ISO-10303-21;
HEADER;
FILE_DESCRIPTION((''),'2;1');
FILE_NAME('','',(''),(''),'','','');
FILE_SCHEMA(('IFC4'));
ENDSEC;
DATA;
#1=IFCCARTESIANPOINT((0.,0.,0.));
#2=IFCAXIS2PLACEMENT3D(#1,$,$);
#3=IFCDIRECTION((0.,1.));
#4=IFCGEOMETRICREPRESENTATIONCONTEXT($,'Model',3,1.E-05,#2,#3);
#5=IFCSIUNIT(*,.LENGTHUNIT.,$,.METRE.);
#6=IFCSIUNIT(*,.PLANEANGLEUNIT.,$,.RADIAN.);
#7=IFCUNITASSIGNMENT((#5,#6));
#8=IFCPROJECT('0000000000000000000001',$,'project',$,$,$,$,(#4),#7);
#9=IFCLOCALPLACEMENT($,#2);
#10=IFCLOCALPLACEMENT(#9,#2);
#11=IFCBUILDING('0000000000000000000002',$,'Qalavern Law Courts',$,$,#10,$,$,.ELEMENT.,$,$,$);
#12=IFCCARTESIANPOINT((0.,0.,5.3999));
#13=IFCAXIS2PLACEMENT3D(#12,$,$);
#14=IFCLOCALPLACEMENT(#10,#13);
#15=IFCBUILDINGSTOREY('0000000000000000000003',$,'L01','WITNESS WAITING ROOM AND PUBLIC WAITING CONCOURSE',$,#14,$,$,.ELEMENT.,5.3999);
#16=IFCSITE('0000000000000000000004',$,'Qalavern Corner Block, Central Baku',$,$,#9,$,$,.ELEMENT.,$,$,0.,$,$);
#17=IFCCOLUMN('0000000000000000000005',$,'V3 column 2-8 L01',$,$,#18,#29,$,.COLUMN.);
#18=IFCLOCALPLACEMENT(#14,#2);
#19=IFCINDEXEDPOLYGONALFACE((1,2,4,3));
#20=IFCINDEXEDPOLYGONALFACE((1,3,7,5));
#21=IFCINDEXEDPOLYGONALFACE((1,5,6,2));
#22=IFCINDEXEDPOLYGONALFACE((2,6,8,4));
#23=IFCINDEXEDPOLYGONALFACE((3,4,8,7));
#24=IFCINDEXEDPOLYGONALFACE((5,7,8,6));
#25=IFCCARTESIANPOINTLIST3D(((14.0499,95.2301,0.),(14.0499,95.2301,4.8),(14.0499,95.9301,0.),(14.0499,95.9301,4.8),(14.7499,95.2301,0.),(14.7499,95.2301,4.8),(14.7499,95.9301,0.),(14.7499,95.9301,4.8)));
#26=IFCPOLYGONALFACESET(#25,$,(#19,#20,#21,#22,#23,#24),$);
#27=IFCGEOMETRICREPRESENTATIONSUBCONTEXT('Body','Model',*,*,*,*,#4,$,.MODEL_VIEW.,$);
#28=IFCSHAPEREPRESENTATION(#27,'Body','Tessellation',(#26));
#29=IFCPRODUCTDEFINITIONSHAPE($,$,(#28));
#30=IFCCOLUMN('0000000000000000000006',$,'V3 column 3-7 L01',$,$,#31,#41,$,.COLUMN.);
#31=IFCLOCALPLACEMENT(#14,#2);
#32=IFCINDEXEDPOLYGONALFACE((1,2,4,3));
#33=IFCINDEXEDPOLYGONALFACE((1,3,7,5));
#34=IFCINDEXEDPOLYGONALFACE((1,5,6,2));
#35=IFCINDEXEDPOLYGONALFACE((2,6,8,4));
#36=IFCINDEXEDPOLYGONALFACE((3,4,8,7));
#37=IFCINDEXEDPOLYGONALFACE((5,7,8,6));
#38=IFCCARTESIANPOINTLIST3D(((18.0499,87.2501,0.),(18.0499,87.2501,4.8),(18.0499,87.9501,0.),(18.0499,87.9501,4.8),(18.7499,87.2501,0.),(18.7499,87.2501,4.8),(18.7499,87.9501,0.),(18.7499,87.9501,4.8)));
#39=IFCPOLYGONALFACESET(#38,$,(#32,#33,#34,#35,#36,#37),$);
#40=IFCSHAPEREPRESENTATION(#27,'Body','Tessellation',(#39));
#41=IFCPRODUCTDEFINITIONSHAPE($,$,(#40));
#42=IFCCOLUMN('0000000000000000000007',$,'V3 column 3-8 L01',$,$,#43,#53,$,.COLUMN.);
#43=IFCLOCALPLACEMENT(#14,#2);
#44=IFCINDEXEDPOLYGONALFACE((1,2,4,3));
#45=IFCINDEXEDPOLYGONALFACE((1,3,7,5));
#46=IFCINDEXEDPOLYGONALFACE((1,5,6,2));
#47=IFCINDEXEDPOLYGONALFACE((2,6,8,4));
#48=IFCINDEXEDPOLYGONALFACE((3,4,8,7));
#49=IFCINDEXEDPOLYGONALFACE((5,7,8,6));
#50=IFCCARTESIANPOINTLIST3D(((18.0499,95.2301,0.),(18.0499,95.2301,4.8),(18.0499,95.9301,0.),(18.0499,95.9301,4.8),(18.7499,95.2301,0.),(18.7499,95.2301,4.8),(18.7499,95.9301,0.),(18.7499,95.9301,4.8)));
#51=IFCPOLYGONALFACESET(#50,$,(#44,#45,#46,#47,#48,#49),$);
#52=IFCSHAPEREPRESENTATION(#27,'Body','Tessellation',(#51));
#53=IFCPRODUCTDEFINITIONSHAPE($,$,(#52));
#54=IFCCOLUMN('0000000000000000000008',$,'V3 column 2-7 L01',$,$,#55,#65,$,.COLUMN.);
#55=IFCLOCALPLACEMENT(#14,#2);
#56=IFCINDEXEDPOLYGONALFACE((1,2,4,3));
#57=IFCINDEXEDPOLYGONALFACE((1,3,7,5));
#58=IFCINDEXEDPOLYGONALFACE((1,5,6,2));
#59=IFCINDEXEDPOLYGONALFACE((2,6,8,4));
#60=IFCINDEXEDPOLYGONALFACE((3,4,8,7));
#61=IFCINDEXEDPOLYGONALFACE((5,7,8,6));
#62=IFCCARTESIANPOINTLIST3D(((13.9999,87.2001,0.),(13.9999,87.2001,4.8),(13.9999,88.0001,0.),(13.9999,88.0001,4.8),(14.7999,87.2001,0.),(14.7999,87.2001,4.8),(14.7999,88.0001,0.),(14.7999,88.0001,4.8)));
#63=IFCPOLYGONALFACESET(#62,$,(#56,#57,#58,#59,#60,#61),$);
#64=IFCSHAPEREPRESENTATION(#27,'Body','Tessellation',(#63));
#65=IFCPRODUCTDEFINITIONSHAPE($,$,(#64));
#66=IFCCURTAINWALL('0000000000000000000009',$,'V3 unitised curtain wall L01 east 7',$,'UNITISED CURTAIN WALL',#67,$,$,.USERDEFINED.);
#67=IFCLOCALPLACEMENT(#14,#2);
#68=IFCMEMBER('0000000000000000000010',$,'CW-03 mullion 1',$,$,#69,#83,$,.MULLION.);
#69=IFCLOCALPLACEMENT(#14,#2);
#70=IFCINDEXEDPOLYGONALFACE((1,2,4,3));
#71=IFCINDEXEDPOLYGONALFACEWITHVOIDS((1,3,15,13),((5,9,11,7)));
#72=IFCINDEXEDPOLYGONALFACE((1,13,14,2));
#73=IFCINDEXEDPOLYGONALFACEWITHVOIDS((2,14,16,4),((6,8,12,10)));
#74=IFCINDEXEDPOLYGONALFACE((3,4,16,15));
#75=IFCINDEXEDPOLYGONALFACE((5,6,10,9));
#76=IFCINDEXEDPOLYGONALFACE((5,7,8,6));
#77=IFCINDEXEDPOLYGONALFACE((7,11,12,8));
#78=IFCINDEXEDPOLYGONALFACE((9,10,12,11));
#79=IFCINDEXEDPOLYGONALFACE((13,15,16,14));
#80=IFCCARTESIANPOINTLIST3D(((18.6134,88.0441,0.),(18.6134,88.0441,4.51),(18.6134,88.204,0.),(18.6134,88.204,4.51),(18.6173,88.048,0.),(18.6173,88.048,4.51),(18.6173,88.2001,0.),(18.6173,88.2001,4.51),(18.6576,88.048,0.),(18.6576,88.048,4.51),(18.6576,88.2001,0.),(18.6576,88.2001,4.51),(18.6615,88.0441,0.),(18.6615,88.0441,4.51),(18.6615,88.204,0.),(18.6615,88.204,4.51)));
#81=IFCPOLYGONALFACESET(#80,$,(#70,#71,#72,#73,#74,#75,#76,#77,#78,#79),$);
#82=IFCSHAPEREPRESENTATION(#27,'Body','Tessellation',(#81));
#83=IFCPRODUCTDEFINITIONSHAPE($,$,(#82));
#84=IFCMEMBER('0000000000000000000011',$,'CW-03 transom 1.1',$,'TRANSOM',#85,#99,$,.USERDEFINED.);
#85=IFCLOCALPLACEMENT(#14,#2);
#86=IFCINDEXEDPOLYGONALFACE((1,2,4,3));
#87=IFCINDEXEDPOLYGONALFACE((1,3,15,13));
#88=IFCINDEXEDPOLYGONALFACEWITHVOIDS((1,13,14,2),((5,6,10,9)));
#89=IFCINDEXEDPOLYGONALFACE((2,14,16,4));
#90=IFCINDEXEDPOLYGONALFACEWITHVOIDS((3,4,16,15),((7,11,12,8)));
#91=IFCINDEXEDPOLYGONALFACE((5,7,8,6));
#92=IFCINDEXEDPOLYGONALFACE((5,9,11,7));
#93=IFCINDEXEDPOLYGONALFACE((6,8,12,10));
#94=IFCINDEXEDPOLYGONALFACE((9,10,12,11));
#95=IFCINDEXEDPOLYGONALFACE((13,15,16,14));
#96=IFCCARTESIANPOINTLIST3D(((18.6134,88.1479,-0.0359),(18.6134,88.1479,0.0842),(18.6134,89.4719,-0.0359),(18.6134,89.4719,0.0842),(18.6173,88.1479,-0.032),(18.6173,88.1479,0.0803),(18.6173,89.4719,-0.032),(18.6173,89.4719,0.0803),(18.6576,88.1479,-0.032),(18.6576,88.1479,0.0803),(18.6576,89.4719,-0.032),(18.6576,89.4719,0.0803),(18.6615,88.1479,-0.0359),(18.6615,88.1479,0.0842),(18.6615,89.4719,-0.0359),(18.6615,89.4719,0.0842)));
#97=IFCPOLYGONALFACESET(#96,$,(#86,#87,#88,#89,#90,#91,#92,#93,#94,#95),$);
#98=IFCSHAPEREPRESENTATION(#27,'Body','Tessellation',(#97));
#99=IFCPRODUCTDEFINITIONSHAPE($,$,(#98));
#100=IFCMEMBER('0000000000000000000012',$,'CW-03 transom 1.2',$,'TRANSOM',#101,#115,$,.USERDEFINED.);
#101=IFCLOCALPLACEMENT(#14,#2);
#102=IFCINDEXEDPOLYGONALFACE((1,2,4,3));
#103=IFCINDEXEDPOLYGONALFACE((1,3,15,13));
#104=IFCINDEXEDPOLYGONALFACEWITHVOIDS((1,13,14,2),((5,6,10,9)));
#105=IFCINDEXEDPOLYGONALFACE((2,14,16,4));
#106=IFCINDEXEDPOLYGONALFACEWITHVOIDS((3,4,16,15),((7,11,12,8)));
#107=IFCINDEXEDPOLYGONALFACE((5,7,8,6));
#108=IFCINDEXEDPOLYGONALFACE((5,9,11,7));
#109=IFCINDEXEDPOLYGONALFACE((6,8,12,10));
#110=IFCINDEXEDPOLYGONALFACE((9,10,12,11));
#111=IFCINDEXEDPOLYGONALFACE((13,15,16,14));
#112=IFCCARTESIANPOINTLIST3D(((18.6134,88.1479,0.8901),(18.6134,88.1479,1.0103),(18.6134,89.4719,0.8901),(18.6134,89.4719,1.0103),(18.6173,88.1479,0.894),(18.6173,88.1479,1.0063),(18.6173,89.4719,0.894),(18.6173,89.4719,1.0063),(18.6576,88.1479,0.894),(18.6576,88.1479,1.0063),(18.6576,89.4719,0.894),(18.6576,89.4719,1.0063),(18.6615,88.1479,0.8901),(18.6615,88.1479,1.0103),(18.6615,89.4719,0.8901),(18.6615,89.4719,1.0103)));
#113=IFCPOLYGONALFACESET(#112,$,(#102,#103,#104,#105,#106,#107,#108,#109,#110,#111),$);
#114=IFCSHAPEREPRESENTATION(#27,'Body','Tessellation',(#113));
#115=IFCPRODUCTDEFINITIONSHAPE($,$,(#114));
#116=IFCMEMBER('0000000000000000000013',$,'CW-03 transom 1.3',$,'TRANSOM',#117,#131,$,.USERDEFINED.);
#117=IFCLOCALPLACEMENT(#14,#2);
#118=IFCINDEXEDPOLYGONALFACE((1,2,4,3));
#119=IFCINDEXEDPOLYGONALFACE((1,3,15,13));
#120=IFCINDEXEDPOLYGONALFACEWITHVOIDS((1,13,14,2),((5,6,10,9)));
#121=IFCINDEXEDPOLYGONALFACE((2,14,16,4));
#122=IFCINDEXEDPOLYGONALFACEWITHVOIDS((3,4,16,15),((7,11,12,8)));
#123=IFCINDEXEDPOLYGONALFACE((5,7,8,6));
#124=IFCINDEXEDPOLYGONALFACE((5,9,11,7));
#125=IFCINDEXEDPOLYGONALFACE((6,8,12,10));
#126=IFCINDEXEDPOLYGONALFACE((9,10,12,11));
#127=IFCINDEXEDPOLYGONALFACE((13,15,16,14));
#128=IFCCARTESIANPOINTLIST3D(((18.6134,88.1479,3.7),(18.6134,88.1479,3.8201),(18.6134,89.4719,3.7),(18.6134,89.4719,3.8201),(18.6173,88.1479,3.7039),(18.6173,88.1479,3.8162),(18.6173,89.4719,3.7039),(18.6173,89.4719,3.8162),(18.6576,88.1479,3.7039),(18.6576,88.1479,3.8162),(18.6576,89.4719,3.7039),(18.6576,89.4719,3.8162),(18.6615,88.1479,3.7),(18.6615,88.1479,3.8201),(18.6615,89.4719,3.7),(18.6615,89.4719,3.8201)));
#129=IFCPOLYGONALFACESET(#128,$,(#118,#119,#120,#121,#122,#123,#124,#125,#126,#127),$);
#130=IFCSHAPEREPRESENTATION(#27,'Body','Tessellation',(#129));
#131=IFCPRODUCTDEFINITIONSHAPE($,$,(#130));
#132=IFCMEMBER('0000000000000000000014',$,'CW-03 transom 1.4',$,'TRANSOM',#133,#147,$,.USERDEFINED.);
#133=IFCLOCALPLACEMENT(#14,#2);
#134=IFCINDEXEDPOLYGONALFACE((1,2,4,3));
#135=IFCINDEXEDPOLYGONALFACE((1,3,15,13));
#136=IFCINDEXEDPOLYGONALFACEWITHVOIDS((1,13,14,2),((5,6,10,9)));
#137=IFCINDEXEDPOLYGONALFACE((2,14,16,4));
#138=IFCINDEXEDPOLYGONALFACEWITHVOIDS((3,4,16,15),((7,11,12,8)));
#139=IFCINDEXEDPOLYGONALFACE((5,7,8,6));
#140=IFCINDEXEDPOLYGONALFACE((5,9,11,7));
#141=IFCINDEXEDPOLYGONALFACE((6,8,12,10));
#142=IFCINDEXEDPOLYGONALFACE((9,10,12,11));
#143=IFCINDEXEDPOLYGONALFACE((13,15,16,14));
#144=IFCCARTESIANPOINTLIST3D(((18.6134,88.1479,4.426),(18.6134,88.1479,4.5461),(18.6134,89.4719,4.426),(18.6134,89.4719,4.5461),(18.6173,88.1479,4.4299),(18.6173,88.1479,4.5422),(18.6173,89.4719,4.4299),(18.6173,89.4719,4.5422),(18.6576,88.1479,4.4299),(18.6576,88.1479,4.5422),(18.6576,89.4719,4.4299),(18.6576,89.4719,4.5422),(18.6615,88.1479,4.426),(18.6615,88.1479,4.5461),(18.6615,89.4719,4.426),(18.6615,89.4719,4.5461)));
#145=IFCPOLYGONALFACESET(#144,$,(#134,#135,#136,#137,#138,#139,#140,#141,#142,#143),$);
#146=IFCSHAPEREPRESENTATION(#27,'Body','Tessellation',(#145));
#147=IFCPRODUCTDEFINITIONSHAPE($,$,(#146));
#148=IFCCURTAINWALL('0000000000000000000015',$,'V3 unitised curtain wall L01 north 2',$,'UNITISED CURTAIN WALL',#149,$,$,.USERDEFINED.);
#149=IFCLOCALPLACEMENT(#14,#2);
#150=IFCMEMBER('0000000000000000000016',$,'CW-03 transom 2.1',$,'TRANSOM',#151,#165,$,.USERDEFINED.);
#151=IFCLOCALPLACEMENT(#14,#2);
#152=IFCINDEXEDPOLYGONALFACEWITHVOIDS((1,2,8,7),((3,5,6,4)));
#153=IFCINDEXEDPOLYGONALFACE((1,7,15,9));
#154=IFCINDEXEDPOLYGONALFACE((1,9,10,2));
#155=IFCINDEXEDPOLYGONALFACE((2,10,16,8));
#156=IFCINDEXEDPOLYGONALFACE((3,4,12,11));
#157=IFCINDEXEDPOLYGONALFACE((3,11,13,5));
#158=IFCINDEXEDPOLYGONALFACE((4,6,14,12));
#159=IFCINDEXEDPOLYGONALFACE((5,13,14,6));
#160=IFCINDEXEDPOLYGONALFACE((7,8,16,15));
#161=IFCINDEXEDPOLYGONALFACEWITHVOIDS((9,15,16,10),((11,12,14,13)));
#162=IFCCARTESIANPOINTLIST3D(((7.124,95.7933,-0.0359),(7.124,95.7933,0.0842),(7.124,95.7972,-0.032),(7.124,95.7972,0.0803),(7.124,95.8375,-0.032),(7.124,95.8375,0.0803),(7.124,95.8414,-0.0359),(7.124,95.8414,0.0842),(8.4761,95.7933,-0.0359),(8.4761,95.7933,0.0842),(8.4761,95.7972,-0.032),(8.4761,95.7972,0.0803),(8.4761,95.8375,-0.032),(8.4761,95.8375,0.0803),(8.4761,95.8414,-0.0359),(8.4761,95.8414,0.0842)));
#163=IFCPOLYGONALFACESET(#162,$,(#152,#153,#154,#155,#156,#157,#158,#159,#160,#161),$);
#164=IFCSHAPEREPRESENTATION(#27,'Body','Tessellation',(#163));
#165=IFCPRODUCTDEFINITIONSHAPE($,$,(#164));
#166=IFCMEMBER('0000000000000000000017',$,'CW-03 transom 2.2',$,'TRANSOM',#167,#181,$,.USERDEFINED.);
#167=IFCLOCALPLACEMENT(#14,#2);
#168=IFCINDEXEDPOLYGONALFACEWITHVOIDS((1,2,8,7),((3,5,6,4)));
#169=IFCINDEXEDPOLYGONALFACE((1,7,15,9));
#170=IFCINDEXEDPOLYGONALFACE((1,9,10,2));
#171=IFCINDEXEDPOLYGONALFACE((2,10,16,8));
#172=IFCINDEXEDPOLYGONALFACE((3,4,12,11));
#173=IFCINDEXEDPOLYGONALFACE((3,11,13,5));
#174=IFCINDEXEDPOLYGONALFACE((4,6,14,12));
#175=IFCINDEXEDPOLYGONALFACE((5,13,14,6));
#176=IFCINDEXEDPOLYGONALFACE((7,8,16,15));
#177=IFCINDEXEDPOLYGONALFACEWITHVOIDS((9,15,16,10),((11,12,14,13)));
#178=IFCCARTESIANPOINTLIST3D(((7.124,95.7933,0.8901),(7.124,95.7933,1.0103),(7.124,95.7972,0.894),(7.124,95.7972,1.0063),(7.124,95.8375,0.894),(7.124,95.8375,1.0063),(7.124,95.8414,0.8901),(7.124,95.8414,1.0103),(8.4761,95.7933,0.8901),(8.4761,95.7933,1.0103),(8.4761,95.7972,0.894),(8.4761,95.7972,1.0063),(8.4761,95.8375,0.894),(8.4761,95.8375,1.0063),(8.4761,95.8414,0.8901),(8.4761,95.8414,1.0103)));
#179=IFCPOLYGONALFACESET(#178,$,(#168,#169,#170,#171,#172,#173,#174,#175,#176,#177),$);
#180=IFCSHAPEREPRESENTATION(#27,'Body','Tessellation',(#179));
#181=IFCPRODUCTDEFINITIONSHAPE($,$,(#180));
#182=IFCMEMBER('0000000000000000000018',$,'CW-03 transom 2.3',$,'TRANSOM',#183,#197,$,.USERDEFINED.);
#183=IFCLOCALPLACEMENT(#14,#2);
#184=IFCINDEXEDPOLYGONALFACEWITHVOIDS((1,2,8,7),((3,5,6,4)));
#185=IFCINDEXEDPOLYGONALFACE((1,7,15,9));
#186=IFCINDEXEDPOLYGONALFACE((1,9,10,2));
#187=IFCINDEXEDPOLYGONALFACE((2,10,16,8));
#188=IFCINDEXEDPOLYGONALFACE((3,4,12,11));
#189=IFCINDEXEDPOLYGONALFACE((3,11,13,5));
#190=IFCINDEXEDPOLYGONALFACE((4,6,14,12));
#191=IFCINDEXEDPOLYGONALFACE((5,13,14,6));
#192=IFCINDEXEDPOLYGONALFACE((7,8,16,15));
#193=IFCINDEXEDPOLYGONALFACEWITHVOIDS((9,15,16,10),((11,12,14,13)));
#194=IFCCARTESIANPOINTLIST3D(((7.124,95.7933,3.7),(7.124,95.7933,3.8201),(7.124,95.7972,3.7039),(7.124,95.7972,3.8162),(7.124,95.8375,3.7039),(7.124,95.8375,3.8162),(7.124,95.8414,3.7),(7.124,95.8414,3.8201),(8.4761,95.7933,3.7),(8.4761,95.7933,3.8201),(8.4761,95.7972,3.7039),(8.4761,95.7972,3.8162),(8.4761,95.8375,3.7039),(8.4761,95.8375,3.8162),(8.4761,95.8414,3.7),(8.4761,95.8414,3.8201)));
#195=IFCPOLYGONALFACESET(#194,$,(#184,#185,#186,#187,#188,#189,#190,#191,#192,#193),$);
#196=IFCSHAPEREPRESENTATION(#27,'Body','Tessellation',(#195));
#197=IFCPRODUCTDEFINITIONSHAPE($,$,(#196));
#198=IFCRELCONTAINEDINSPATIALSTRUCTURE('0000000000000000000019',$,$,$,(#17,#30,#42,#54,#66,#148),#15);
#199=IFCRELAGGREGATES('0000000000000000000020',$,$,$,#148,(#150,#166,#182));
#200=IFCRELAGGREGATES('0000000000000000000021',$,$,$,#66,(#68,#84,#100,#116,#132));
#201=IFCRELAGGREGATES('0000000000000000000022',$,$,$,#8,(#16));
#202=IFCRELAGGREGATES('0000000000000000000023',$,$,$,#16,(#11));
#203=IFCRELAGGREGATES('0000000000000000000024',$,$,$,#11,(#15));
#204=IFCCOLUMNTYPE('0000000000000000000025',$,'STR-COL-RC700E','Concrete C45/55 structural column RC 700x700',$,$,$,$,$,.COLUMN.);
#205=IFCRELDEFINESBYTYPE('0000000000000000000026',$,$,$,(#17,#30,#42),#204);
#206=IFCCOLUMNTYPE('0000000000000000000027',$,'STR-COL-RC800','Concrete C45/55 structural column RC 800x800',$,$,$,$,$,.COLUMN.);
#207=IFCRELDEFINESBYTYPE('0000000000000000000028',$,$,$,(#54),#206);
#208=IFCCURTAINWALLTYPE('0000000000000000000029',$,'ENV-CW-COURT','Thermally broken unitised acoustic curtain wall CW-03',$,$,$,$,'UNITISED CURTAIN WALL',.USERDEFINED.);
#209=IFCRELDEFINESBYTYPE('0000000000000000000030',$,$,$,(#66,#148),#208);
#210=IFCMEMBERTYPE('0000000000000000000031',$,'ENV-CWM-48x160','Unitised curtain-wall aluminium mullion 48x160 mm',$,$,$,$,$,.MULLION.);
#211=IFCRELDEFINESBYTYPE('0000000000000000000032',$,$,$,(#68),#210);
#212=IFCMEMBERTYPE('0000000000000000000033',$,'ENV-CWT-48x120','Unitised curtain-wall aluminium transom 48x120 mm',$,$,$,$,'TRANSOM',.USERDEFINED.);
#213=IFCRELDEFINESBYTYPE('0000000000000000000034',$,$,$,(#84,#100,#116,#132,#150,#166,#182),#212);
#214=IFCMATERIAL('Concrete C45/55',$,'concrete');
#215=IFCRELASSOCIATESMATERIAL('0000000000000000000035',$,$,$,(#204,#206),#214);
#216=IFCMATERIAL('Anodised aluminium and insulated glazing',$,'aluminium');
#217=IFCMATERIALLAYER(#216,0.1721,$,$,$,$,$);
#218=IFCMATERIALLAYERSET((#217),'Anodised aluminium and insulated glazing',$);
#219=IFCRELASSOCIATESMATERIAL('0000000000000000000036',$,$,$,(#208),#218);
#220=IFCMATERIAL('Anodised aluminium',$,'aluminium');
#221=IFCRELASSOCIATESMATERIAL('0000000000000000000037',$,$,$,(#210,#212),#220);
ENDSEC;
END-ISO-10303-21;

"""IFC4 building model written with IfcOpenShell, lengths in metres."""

from ifc_helpers import new_model, si_unit, direction, frame, origin, origin_2d, place, context, subcontext, project, spatial, rectangle, hollow_rectangle, extrude, material, layer, layer_set, material_profile, profile_set, type_object, element, aggregate, save


model = new_model("IFC4")

# Units and contexts
model_context = context("Model", 3, precision=1e-05, world=origin(), true_north=direction((0.0, 1.0)))
body_context = subcontext(model_context, "Body", "Model", "MODEL_VIEW")
ifc_project = project(units=[si_unit("LENGTHUNIT", "METRE"), si_unit("PLANEANGLEUNIT", "RADIAN")], contexts=[model_context])

# Site, building, storey
site_placement = place(None, origin())
site = spatial("IfcSite", under=ifc_project, at=site_placement, Name="Qalavern Corner Block, Central Baku", CompositionType="ELEMENT", RefElevation=0.0)
building_placement = place(site_placement, origin())
building = spatial("IfcBuilding", under=site, at=building_placement, Name="Qalavern Law Courts", CompositionType="ELEMENT")
storey_placement = place(building_placement, frame((0.0, 0.0, 5.3999)))
storey = spatial("IfcBuildingStorey", under=building, at=storey_placement, Name="L01", Description="WITNESS WAITING ROOM AND PUBLIC WAITING CONCOURSE", CompositionType="ELEMENT", Elevation=5.3999)

# Columns
ifc_material_1 = material(Name="Concrete C45/55", Category="concrete")
ifc_material_profile_1 = material_profile(ifc_material_1, rectangle(XDim=0.7, YDim=0.7, at=origin_2d()), Name="RC 700x700")
ifc_profile_set_1 = profile_set([ifc_material_profile_1], Name="Concrete C45/55")
column_type_1 = type_object("IfcColumnType", Name="STR-COL-RC700E", Description="Concrete C45/55 structural column RC 700x700", PredefinedType="COLUMN", material=ifc_profile_set_1)
for number, where, z_axis, x_axis, name in (
    (1, (14.3999, 95.5801, 0.0), (0.0, 0.0, 1.0), (1.0, 0.0, 0.0), "V3 column 2-8 L01"),
    (2, (18.3999, 87.6001, 0.0), (0.0, 0.0, 1.0), (1.0, 0.0, 0.0), "V3 column 3-7 L01"),
    (3, (18.3999, 95.5801, 0.0), (0.0, 0.0, 1.0), (1.0, 0.0, 0.0), "V3 column 3-8 L01"),
):
    element("IfcColumn", number, at=place(storey_placement, frame(where, z_axis=z_axis, x_axis=x_axis)), inside=storey, type_object=column_type_1, Name=name, PredefinedType="COLUMN", context=body_context, shape_type="SweptSolid", body=[
        extrude(rectangle(XDim=0.7, YDim=0.7, at=origin_2d()), origin(), (0.0, 0.0, 1.0), 4.8),
    ])
ifc_material_profile_2 = material_profile(ifc_material_1, rectangle(XDim=0.8, YDim=0.8, at=origin_2d()), Name="RC 800x800")
ifc_profile_set_2 = profile_set([ifc_material_profile_2], Name="Concrete C45/55")
column_type_2 = type_object("IfcColumnType", Name="STR-COL-RC800", Description="Concrete C45/55 structural column RC 800x800", PredefinedType="COLUMN", material=ifc_profile_set_2)
column_placement = place(storey_placement, frame((14.3999, 87.6001, 0.0), z_axis=(0.0, 0.0, 1.0), x_axis=(1.0, 0.0, 0.0)))
element("IfcColumn", 4, at=column_placement, inside=storey, type_object=column_type_2, Name="V3 column 2-7 L01", PredefinedType="COLUMN", context=body_context, shape_type="SweptSolid", body=[
    extrude(rectangle(XDim=0.8, YDim=0.8, at=origin_2d()), origin(), (0.0, 0.0, 1.0), 4.8),
])

# Curtain walls, members
ifc_material_2 = material(Name="Anodised aluminium and insulated glazing", Category="aluminium")
ifc_layer_1 = layer(ifc_material_2, 0.1721)
ifc_layer_set_1 = layer_set([ifc_layer_1], Name="Anodised aluminium and insulated glazing")
curtain_wall_type = type_object("IfcCurtainWallType", Name="ENV-CW-COURT", Description="Thermally broken unitised acoustic curtain wall CW-03", ElementType="UNITISED CURTAIN WALL", PredefinedType="USERDEFINED", material=ifc_layer_set_1)
curtain_wall_1_placement = place(storey_placement, origin())
curtain_wall_1 = element("IfcCurtainWall", 5, at=curtain_wall_1_placement, inside=storey, type_object=curtain_wall_type, Name="V3 unitised curtain wall L01 east 7", ObjectType="UNITISED CURTAIN WALL", PredefinedType="USERDEFINED")
ifc_material_3 = material(Name="Anodised aluminium", Category="aluminium")
ifc_material_profile_3 = material_profile(ifc_material_3, hollow_rectangle(XDim=0.0481, YDim=0.1599, WallThickness=0.0039, at=origin_2d()), Name="ALU MULLION 48x160")
ifc_profile_set_3 = profile_set([ifc_material_profile_3], Name="Anodised aluminium")
member_type_1 = type_object("IfcMemberType", Name="ENV-CWM-48x160", Description="Unitised curtain-wall aluminium mullion 48x160 mm", PredefinedType="MULLION", material=ifc_profile_set_3)
member_1_placement = place(storey_placement, frame((18.6375, 88.124, 0.0), z_axis=(0.0, 0.0, 1.0), x_axis=(-1.0, 0.0, 0.0)))
member_1 = element("IfcMember", 6, at=member_1_placement, type_object=member_type_1, Name="CW-03 mullion 1", PredefinedType="MULLION", context=body_context, shape_type="SweptSolid", body=[
    extrude(hollow_rectangle(XDim=0.0481, YDim=0.1599, WallThickness=0.0039, at=origin_2d()), origin(), (0.0, 0.0, 1.0), 4.51),
])
ifc_material_profile_4 = material_profile(ifc_material_3, hollow_rectangle(XDim=0.0481, YDim=0.1201, WallThickness=0.0039, at=origin_2d()), Name="ALU TRANSOM 48x120")
ifc_profile_set_4 = profile_set([ifc_material_profile_4], Name="Anodised aluminium")
member_type_2 = type_object("IfcMemberType", Name="ENV-CWT-48x120", Description="Unitised curtain-wall aluminium transom 48x120 mm", ElementType="TRANSOM", PredefinedType="USERDEFINED", material=ifc_profile_set_4)
member_2_placement = place(storey_placement, frame((18.6375, 88.1479, 0.0242), z_axis=(0.0, 1.0, 0.0), x_axis=(-1.0, 0.0, 0.0)))
member_2 = element("IfcMember", 7, at=member_2_placement, type_object=member_type_2, Name="CW-03 transom 1.1", ObjectType="TRANSOM", PredefinedType="USERDEFINED", context=body_context, shape_type="SweptSolid", body=[
    extrude(hollow_rectangle(XDim=0.0481, YDim=0.1201, WallThickness=0.0039, at=origin_2d()), origin(), (0.0, 0.0, 1.0), 1.324),
])
member_3_placement = place(storey_placement, frame((18.6375, 88.1479, 0.9502), z_axis=(0.0, 1.0, 0.0), x_axis=(-1.0, 0.0, 0.0)))
member_3 = element("IfcMember", 8, at=member_3_placement, type_object=member_type_2, Name="CW-03 transom 1.2", ObjectType="TRANSOM", PredefinedType="USERDEFINED", context=body_context, shape_type="SweptSolid", body=[
    extrude(hollow_rectangle(XDim=0.0481, YDim=0.1201, WallThickness=0.0039, at=origin_2d()), origin(), (0.0, 0.0, 1.0), 1.324),
])
member_4_placement = place(storey_placement, frame((18.6375, 88.1479, 3.76), z_axis=(0.0, 1.0, 0.0), x_axis=(-1.0, 0.0, 0.0)))
member_4 = element("IfcMember", 9, at=member_4_placement, type_object=member_type_2, Name="CW-03 transom 1.3", ObjectType="TRANSOM", PredefinedType="USERDEFINED", context=body_context, shape_type="SweptSolid", body=[
    extrude(hollow_rectangle(XDim=0.0481, YDim=0.1201, WallThickness=0.0039, at=origin_2d()), origin(), (0.0, 0.0, 1.0), 1.324),
])
member_5_placement = place(storey_placement, frame((18.6375, 88.1479, 4.4861), z_axis=(0.0, 1.0, 0.0), x_axis=(-1.0, 0.0, 0.0)))
member_5 = element("IfcMember", 10, at=member_5_placement, type_object=member_type_2, Name="CW-03 transom 1.4", ObjectType="TRANSOM", PredefinedType="USERDEFINED", context=body_context, shape_type="SweptSolid", body=[
    extrude(hollow_rectangle(XDim=0.0481, YDim=0.1201, WallThickness=0.0039, at=origin_2d()), origin(), (0.0, 0.0, 1.0), 1.324),
])
curtain_wall_2_placement = place(storey_placement, origin())
curtain_wall_2 = element("IfcCurtainWall", 11, at=curtain_wall_2_placement, inside=storey, type_object=curtain_wall_type, Name="V3 unitised curtain wall L01 north 2", ObjectType="UNITISED CURTAIN WALL", PredefinedType="USERDEFINED")
member_6_placement = place(storey_placement, frame((8.4761, 95.8174, 0.0242), z_axis=(-1.0, 0.0, 0.0), x_axis=(0.0, -1.0, 0.0)))
member_6 = element("IfcMember", 12, at=member_6_placement, type_object=member_type_2, Name="CW-03 transom 2.1", ObjectType="TRANSOM", PredefinedType="USERDEFINED", context=body_context, shape_type="SweptSolid", body=[
    extrude(hollow_rectangle(XDim=0.0481, YDim=0.1201, WallThickness=0.0039, at=origin_2d()), origin(), (0.0, 0.0, 1.0), 1.3521),
])
member_7_placement = place(storey_placement, frame((8.4761, 95.8174, 0.9502), z_axis=(-1.0, 0.0, 0.0), x_axis=(0.0, -1.0, 0.0)))
member_7 = element("IfcMember", 13, at=member_7_placement, type_object=member_type_2, Name="CW-03 transom 2.2", ObjectType="TRANSOM", PredefinedType="USERDEFINED", context=body_context, shape_type="SweptSolid", body=[
    extrude(hollow_rectangle(XDim=0.0481, YDim=0.1201, WallThickness=0.0039, at=origin_2d()), origin(), (0.0, 0.0, 1.0), 1.3521),
])
member_8_placement = place(storey_placement, frame((8.4761, 95.8174, 3.76), z_axis=(-1.0, 0.0, 0.0), x_axis=(0.0, -1.0, 0.0)))
member_8 = element("IfcMember", 14, at=member_8_placement, type_object=member_type_2, Name="CW-03 transom 2.3", ObjectType="TRANSOM", PredefinedType="USERDEFINED", context=body_context, shape_type="SweptSolid", body=[
    extrude(hollow_rectangle(XDim=0.0481, YDim=0.1201, WallThickness=0.0039, at=origin_2d()), origin(), (0.0, 0.0, 1.0), 1.3521),
])
aggregate(curtain_wall_2, [member_6, member_7, member_8])

aggregate(curtain_wall_1, [member_1, member_2, member_3, member_4, member_5])

save(model, "model.ifc")
